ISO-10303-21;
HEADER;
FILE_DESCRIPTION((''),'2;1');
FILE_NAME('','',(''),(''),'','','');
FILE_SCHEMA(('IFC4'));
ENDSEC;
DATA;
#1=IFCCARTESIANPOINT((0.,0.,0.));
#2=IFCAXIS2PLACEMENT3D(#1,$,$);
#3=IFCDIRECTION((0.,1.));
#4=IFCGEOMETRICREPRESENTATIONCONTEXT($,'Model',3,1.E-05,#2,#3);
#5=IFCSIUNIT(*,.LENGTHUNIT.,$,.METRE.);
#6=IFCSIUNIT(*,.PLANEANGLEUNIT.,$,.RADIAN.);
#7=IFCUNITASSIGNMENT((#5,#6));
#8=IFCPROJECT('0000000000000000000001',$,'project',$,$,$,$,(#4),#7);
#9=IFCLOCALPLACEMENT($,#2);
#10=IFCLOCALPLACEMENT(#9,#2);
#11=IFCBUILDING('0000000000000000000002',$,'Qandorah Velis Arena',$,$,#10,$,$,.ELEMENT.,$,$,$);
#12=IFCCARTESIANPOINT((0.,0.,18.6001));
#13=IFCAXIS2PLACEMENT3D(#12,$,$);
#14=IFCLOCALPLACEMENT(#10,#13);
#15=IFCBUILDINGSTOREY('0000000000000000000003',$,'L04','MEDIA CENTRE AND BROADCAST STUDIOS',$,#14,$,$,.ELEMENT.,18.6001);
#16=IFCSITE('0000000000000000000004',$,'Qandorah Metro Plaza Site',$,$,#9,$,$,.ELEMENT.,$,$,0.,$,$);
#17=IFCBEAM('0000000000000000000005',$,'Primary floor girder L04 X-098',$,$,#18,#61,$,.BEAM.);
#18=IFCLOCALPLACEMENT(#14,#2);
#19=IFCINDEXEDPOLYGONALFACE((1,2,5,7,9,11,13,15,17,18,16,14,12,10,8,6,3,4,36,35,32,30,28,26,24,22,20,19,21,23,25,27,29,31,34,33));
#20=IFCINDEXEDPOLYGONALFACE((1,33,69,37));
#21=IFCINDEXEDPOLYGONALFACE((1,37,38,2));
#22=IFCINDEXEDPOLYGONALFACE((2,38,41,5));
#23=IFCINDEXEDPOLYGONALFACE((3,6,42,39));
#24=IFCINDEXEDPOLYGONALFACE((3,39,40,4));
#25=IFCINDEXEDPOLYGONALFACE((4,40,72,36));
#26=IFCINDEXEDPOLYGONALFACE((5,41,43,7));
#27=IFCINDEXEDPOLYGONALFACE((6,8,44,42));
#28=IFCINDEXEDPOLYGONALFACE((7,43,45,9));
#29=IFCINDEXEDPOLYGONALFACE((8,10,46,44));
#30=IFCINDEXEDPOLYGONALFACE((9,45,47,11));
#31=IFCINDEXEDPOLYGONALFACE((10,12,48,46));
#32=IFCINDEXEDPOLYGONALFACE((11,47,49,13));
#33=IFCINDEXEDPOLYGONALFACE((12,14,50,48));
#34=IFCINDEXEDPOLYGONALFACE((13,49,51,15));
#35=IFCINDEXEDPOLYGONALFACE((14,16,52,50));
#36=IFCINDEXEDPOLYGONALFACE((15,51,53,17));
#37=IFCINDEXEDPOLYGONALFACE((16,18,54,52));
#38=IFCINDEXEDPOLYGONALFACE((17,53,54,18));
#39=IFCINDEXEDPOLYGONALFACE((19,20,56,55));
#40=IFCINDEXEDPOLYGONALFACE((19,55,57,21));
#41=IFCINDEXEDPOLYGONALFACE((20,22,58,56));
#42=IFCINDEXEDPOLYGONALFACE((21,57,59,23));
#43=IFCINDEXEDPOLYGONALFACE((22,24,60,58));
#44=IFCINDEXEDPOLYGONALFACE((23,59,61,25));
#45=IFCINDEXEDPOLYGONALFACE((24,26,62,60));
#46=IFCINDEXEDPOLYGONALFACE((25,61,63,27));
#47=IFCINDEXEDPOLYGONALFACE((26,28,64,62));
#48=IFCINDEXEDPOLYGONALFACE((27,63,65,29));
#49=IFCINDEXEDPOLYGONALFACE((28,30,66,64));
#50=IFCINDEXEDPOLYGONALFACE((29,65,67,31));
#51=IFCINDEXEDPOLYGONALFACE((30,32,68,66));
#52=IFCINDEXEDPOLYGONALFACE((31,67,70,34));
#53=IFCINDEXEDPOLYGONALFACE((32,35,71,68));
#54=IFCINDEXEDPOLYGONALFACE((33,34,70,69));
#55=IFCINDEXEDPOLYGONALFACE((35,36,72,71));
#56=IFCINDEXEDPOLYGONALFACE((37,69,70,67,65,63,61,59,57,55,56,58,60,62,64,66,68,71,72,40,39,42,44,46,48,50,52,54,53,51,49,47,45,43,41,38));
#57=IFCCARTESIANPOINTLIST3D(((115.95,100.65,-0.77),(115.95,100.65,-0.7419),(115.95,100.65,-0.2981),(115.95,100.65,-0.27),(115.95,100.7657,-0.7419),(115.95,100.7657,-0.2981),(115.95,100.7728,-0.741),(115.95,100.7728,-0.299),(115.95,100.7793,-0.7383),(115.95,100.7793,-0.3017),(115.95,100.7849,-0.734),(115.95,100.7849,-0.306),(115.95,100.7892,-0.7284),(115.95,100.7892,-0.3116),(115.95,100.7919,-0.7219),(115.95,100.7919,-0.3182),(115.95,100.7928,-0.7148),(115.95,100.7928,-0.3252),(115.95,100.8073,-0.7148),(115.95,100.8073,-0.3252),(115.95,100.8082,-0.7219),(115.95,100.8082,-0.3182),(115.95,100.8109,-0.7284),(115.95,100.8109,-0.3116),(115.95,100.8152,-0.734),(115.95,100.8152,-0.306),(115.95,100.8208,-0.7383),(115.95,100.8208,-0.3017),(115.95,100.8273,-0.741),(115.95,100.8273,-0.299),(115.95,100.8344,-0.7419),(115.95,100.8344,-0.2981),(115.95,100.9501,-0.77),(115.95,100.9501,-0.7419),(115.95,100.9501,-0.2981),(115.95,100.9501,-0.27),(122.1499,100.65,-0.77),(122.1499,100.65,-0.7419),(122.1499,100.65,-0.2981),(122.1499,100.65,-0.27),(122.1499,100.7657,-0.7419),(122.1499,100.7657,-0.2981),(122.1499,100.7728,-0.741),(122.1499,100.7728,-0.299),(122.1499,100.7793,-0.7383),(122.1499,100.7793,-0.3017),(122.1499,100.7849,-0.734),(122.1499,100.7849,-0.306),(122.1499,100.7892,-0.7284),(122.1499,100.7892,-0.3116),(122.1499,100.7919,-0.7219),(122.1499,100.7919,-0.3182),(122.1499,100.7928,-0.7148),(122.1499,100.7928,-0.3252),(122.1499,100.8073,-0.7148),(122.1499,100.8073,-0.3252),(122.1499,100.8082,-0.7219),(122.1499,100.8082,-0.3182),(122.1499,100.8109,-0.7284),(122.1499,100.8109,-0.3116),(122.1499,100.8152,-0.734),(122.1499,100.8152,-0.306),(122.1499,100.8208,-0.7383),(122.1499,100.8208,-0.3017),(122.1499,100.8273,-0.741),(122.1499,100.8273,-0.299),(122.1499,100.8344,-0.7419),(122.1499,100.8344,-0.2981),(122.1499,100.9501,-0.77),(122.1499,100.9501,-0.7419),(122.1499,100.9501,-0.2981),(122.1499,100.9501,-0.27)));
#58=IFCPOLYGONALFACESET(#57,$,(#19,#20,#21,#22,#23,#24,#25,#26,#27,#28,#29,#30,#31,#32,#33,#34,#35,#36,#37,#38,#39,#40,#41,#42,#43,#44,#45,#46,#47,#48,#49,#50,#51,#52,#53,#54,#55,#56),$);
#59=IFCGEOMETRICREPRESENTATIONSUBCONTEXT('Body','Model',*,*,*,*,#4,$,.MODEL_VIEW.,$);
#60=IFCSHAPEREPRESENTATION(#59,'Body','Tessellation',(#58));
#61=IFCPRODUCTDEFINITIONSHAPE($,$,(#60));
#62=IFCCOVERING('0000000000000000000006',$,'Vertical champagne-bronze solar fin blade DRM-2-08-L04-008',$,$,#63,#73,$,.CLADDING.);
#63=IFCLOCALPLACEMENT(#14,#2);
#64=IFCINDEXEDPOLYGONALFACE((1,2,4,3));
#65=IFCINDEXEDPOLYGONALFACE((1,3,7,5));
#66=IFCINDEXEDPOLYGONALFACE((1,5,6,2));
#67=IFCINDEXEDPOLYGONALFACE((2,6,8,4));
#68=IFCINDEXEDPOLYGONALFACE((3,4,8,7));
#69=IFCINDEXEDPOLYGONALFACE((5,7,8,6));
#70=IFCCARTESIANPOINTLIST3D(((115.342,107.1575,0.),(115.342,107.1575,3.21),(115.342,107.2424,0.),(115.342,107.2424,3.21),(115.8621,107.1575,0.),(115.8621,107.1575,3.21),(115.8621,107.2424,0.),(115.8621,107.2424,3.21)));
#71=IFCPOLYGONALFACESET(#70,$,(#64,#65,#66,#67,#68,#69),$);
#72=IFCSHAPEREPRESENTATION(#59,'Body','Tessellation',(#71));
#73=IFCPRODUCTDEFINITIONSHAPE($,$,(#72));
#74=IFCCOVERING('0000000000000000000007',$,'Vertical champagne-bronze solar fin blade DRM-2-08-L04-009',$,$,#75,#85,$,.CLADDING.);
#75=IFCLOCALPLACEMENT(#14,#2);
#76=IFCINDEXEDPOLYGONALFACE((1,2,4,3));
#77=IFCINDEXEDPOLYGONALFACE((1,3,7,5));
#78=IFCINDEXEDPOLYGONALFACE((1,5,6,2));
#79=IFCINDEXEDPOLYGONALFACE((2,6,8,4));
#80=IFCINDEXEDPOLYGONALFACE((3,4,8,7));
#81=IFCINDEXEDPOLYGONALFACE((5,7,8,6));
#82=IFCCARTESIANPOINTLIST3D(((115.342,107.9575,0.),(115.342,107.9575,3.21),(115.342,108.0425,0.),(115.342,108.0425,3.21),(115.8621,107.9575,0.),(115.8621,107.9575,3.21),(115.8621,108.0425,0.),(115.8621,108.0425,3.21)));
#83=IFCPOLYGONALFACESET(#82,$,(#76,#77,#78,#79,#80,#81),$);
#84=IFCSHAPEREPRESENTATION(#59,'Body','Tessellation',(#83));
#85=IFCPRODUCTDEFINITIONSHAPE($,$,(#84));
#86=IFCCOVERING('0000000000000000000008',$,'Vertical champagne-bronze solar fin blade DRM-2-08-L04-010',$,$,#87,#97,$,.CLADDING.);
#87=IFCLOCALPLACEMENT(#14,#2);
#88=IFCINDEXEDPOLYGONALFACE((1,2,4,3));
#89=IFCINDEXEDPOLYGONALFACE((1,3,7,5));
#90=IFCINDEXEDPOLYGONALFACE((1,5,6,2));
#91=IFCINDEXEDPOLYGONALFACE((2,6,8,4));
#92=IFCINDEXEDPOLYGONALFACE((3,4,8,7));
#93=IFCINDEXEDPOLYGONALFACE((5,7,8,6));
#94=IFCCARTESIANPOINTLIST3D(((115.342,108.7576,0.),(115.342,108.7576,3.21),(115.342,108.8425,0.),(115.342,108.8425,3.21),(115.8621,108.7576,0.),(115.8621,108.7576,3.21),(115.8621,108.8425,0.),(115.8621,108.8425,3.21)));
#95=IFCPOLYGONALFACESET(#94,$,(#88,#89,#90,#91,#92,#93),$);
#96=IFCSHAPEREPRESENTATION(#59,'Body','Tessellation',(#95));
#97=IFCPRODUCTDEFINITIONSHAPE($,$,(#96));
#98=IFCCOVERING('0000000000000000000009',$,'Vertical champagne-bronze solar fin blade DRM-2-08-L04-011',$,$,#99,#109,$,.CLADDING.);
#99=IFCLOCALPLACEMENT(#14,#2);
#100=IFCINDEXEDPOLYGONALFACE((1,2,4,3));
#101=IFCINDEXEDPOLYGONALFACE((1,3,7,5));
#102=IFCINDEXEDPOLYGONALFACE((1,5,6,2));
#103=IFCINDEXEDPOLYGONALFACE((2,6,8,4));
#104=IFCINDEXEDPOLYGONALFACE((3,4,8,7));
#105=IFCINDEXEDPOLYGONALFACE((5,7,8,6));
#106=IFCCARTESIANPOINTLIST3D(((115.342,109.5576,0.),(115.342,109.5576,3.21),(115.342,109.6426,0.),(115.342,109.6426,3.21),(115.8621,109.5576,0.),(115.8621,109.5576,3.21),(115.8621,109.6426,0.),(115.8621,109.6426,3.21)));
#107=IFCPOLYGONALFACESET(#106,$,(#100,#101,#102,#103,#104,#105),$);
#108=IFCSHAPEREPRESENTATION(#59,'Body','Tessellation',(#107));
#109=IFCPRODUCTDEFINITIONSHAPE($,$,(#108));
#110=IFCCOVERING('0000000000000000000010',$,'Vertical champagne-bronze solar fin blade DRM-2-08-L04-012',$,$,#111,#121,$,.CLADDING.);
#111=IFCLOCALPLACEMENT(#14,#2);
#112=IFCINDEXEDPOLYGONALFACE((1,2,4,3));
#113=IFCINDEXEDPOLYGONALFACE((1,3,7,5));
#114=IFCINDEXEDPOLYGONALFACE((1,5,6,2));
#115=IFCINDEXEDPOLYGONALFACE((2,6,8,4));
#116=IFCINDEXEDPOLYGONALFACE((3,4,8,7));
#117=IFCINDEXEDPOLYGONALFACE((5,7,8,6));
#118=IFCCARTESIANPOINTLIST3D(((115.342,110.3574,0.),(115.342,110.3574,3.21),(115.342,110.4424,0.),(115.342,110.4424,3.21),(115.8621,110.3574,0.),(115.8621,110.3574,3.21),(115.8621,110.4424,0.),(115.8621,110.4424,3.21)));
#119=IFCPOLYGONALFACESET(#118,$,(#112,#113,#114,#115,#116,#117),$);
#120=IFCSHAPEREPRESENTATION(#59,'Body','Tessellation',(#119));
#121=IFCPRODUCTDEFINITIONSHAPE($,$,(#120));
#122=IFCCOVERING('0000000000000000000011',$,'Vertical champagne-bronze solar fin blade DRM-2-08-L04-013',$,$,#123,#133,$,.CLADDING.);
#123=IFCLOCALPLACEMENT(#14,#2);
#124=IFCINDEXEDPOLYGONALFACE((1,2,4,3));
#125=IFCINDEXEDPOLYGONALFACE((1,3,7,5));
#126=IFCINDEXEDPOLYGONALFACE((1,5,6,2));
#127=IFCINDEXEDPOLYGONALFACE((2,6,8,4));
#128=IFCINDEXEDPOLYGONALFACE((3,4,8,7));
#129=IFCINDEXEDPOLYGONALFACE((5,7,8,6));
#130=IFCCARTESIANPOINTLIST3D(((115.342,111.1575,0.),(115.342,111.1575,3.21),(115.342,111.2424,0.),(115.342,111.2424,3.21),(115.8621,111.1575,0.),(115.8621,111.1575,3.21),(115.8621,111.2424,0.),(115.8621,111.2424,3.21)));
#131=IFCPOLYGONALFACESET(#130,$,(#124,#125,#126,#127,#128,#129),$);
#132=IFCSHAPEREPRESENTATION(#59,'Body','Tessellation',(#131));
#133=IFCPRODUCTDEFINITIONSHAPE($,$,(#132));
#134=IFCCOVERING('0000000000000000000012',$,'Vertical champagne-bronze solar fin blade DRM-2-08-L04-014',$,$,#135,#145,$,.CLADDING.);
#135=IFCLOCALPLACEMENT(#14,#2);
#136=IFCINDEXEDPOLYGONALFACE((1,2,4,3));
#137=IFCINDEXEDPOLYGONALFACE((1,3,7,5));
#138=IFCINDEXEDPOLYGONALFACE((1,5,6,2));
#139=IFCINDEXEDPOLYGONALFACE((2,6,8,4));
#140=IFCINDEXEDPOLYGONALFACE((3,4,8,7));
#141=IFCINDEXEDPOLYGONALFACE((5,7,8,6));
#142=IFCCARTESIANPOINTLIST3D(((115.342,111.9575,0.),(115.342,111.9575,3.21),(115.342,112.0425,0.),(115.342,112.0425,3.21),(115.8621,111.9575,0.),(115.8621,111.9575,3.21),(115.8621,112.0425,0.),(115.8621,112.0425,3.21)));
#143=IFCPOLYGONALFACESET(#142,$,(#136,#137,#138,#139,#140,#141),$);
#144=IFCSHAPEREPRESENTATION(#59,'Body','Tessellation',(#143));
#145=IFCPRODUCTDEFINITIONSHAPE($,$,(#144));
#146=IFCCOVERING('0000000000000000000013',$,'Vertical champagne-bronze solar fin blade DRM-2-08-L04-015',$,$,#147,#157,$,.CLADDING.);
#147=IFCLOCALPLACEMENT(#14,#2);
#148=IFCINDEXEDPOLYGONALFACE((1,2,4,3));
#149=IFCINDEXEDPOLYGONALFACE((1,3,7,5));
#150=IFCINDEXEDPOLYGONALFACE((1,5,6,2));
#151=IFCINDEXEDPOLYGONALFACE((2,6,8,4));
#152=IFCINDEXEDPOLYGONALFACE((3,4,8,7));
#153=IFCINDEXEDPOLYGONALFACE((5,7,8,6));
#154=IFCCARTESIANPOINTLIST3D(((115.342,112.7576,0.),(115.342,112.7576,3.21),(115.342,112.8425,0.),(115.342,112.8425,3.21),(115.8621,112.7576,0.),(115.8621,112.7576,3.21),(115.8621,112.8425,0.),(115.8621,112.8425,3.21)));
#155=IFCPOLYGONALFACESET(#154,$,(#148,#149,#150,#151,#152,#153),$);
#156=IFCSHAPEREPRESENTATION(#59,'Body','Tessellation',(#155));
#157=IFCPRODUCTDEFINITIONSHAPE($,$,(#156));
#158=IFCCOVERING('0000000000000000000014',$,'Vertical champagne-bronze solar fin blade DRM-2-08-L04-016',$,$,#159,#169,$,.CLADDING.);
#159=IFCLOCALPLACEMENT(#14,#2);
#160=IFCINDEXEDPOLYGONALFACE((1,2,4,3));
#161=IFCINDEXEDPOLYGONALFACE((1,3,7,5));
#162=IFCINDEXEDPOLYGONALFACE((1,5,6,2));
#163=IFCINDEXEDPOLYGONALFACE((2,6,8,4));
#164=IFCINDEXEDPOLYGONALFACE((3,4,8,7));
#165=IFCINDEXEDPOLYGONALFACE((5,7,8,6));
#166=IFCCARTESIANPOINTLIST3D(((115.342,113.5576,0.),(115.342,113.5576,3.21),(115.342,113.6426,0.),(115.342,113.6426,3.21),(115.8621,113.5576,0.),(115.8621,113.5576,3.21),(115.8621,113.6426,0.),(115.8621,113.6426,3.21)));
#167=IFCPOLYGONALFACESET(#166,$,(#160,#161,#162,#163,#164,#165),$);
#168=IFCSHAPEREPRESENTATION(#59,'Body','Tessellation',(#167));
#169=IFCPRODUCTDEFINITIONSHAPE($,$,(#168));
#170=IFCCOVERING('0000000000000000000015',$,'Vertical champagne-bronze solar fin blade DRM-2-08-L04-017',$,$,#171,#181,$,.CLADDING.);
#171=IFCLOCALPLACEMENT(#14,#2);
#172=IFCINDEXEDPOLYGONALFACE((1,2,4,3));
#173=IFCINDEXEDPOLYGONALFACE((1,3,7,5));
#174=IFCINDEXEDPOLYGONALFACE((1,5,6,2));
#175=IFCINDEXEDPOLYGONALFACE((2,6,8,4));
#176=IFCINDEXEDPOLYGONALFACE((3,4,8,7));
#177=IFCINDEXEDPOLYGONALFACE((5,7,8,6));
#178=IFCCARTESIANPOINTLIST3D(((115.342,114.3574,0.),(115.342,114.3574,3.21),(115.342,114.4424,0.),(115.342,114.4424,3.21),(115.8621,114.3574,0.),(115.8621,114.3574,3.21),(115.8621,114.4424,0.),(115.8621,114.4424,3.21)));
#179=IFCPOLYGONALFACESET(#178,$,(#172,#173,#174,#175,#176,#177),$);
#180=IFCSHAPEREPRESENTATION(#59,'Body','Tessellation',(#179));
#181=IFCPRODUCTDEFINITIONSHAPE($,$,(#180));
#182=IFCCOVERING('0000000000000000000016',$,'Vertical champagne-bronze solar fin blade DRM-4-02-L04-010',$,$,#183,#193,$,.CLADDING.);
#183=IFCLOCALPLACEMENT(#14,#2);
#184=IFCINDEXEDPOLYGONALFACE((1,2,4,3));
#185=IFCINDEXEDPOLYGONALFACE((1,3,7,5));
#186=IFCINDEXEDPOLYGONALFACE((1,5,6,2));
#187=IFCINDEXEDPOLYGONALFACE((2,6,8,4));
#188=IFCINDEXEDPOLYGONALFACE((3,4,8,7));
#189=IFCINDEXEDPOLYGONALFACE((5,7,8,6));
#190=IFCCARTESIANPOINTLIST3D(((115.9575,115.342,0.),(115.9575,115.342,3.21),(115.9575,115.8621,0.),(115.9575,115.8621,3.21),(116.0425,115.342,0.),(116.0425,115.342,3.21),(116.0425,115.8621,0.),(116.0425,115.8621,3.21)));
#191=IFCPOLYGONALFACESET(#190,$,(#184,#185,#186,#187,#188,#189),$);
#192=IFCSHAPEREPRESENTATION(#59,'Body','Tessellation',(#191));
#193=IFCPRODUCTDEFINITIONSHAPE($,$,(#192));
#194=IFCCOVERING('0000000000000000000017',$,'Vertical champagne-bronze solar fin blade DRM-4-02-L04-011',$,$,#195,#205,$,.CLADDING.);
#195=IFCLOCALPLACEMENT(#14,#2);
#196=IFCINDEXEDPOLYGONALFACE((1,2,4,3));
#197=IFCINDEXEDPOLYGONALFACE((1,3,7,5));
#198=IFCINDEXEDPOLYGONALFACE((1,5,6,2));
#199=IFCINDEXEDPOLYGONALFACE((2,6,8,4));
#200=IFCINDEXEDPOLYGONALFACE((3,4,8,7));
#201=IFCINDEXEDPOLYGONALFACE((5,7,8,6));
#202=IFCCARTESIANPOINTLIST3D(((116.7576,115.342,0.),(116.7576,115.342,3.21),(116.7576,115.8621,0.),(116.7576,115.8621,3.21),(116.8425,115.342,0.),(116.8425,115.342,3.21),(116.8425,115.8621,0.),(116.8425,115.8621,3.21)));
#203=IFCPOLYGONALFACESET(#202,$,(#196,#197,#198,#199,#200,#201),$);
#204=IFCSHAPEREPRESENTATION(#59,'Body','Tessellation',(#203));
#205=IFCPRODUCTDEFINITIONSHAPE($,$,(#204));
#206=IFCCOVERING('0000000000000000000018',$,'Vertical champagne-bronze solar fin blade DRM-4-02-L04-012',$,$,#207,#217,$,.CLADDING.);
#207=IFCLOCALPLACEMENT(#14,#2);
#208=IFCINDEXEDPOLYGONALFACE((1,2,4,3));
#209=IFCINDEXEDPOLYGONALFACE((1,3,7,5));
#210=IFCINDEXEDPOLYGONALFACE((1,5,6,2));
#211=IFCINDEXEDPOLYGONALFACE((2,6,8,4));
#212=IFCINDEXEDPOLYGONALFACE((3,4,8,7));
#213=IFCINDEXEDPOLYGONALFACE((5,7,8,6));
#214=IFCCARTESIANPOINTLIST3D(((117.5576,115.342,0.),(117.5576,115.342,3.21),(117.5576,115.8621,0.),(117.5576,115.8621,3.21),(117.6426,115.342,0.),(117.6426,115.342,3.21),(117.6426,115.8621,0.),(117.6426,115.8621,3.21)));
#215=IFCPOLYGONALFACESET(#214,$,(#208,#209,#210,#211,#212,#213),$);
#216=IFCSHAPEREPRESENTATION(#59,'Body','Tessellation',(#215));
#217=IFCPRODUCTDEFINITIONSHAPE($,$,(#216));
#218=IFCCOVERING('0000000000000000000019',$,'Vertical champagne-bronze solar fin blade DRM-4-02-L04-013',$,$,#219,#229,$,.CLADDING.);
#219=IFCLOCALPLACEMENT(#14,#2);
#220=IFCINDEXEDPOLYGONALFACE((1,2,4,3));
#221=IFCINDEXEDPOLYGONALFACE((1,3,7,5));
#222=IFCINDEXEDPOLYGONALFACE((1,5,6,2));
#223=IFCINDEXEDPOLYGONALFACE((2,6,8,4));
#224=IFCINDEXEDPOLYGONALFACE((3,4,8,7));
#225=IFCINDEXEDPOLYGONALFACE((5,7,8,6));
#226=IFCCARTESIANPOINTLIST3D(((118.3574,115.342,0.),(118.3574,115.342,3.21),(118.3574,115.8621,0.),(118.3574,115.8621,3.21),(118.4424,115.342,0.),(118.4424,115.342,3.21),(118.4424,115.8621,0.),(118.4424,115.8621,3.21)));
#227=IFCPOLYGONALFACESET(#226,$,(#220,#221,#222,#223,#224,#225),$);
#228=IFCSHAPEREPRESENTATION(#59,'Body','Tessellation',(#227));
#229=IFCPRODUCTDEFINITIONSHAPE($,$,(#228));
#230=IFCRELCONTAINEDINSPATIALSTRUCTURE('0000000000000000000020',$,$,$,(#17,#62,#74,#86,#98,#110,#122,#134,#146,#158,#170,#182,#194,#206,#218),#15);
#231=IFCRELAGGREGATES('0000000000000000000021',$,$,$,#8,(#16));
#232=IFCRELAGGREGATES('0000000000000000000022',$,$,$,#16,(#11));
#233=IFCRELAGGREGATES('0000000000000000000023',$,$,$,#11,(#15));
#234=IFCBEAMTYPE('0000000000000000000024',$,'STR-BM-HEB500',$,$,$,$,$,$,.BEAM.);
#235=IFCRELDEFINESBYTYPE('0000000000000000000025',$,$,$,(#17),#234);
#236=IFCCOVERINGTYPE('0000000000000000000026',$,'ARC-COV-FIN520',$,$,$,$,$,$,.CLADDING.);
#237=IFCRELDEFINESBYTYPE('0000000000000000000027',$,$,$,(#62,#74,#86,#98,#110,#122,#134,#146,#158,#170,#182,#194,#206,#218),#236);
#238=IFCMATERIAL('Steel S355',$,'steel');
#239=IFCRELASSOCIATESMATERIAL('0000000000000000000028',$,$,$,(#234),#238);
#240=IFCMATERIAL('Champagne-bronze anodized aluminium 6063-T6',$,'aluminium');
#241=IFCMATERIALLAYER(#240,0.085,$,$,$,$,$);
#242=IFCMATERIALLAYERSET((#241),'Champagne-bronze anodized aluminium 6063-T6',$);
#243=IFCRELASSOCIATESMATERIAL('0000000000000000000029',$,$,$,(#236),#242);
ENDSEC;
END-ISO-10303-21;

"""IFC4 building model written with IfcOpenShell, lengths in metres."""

from ifc_helpers import new_model, si_unit, direction, frame, origin, origin_2d, place, context, subcontext, project, spatial, rectangle, i_section, extrude, material, layer, layer_set, material_profile, profile_set, type_object, element, save


model = new_model("IFC4")

# Units and contexts
model_context = context("Model", 3, precision=1e-05, world=origin(), true_north=direction((0.0, 1.0)))
body_context = subcontext(model_context, "Body", "Model", "MODEL_VIEW")
ifc_project = project(units=[si_unit("LENGTHUNIT", "METRE"), si_unit("PLANEANGLEUNIT", "RADIAN")], contexts=[model_context])

# Site, building, storey
site_placement = place(None, origin())
site = spatial("IfcSite", under=ifc_project, at=site_placement, Name="Qandorah Metro Plaza Site", CompositionType="ELEMENT", RefElevation=0.0)
building_placement = place(site_placement, origin())
building = spatial("IfcBuilding", under=site, at=building_placement, Name="Qandorah Velis Arena", CompositionType="ELEMENT")
storey_placement = place(building_placement, frame((0.0, 0.0, 18.6001)))
storey = spatial("IfcBuildingStorey", under=building, at=storey_placement, Name="L04", Description="MEDIA CENTRE AND BROADCAST STUDIOS", CompositionType="ELEMENT", Elevation=18.6001)

# Beam
ifc_material_1 = material(Name="Steel S355", Category="steel")
ifc_material_profile = material_profile(ifc_material_1, i_section(OverallWidth=0.3, OverallDepth=0.5, WebThickness=0.0144, FlangeThickness=0.0281, FilletRadius=0.0271, at=origin_2d()), Name="HEB 500")
ifc_profile_set = profile_set([ifc_material_profile], Name="Steel S355")
beam_type = type_object("IfcBeamType", Name="STR-BM-HEB500", PredefinedType="BEAM", material=ifc_profile_set)
beam_placement = place(storey_placement, frame((115.95, 100.8, -0.52), z_axis=(1.0, 0.0, 0.0), x_axis=(0.0, 1.0, 0.0)))
element("IfcBeam", 1, at=beam_placement, inside=storey, type_object=beam_type, Name="Primary floor girder L04 X-098", PredefinedType="BEAM", context=body_context, shape_type="SweptSolid", body=[
    extrude(i_section(OverallWidth=0.3, OverallDepth=0.5, WebThickness=0.0144, FlangeThickness=0.0281, FilletRadius=0.0271, at=origin_2d()), origin(), (0.0, 0.0, 1.0), 6.2),
])

# Coverings
ifc_material_2 = material(Name="Champagne-bronze anodized aluminium 6063-T6", Category="aluminium")
ifc_layer = layer(ifc_material_2, 0.085)
ifc_layer_set = layer_set([ifc_layer], Name="Champagne-bronze anodized aluminium 6063-T6")
covering_type = type_object("IfcCoveringType", Name="ARC-COV-FIN520", PredefinedType="CLADDING", material=ifc_layer_set)
for number, where, z_axis, x_axis, name in (
    (2, (115.6021, 107.2, 0.0), (0.0, 0.0, 1.0), (1.0, 0.0, 0.0), "Vertical champagne-bronze solar fin blade DRM-2-08-L04-008"),
    (3, (115.6021, 108.0, 0.0), (0.0, 0.0, 1.0), (1.0, 0.0, 0.0), "Vertical champagne-bronze solar fin blade DRM-2-08-L04-009"),
    (4, (115.6021, 108.8, 0.0), (0.0, 0.0, 1.0), (1.0, 0.0, 0.0), "Vertical champagne-bronze solar fin blade DRM-2-08-L04-010"),
    (5, (115.6021, 109.6001, 0.0), (0.0, 0.0, 1.0), (1.0, 0.0, 0.0), "Vertical champagne-bronze solar fin blade DRM-2-08-L04-011"),
    (6, (115.6021, 110.3999, 0.0), (0.0, 0.0, 1.0), (1.0, 0.0, 0.0), "Vertical champagne-bronze solar fin blade DRM-2-08-L04-012"),
    (7, (115.6021, 111.2, 0.0), (0.0, 0.0, 1.0), (1.0, 0.0, 0.0), "Vertical champagne-bronze solar fin blade DRM-2-08-L04-013"),
    (8, (115.6021, 112.0, 0.0), (0.0, 0.0, 1.0), (1.0, 0.0, 0.0), "Vertical champagne-bronze solar fin blade DRM-2-08-L04-014"),
    (9, (115.6021, 112.8, 0.0), (0.0, 0.0, 1.0), (1.0, 0.0, 0.0), "Vertical champagne-bronze solar fin blade DRM-2-08-L04-015"),
    (10, (115.6021, 113.6001, 0.0), (0.0, 0.0, 1.0), (1.0, 0.0, 0.0), "Vertical champagne-bronze solar fin blade DRM-2-08-L04-016"),
    (11, (115.6021, 114.3999, 0.0), (0.0, 0.0, 1.0), (1.0, 0.0, 0.0), "Vertical champagne-bronze solar fin blade DRM-2-08-L04-017"),
):
    element("IfcCovering", number, at=place(storey_placement, frame(where, z_axis=z_axis, x_axis=x_axis)), inside=storey, type_object=covering_type, Name=name, PredefinedType="CLADDING", context=body_context, shape_type="SweptSolid", body=[
        extrude(rectangle(XDim=0.52, YDim=0.085, at=origin_2d()), origin(), (0.0, 0.0, 1.0), 3.21),
    ])
for number, where, z_axis, x_axis, name in (
    (12, (116.0, 115.6021, 0.0), (0.0, 0.0, 1.0), (1.0, 0.0, 0.0), "Vertical champagne-bronze solar fin blade DRM-4-02-L04-010"),
    (13, (116.8, 115.6021, 0.0), (0.0, 0.0, 1.0), (1.0, 0.0, 0.0), "Vertical champagne-bronze solar fin blade DRM-4-02-L04-011"),
    (14, (117.6001, 115.6021, 0.0), (0.0, 0.0, 1.0), (1.0, 0.0, 0.0), "Vertical champagne-bronze solar fin blade DRM-4-02-L04-012"),
    (15, (118.3999, 115.6021, 0.0), (0.0, 0.0, 1.0), (1.0, 0.0, 0.0), "Vertical champagne-bronze solar fin blade DRM-4-02-L04-013"),
):
    element("IfcCovering", number, at=place(storey_placement, frame(where, z_axis=z_axis, x_axis=x_axis)), inside=storey, type_object=covering_type, Name=name, PredefinedType="CLADDING", context=body_context, shape_type="SweptSolid", body=[
        extrude(rectangle(XDim=0.085, YDim=0.52, at=origin_2d()), origin(), (0.0, 0.0, 1.0), 3.21),
    ])

save(model, "model.ifc")
